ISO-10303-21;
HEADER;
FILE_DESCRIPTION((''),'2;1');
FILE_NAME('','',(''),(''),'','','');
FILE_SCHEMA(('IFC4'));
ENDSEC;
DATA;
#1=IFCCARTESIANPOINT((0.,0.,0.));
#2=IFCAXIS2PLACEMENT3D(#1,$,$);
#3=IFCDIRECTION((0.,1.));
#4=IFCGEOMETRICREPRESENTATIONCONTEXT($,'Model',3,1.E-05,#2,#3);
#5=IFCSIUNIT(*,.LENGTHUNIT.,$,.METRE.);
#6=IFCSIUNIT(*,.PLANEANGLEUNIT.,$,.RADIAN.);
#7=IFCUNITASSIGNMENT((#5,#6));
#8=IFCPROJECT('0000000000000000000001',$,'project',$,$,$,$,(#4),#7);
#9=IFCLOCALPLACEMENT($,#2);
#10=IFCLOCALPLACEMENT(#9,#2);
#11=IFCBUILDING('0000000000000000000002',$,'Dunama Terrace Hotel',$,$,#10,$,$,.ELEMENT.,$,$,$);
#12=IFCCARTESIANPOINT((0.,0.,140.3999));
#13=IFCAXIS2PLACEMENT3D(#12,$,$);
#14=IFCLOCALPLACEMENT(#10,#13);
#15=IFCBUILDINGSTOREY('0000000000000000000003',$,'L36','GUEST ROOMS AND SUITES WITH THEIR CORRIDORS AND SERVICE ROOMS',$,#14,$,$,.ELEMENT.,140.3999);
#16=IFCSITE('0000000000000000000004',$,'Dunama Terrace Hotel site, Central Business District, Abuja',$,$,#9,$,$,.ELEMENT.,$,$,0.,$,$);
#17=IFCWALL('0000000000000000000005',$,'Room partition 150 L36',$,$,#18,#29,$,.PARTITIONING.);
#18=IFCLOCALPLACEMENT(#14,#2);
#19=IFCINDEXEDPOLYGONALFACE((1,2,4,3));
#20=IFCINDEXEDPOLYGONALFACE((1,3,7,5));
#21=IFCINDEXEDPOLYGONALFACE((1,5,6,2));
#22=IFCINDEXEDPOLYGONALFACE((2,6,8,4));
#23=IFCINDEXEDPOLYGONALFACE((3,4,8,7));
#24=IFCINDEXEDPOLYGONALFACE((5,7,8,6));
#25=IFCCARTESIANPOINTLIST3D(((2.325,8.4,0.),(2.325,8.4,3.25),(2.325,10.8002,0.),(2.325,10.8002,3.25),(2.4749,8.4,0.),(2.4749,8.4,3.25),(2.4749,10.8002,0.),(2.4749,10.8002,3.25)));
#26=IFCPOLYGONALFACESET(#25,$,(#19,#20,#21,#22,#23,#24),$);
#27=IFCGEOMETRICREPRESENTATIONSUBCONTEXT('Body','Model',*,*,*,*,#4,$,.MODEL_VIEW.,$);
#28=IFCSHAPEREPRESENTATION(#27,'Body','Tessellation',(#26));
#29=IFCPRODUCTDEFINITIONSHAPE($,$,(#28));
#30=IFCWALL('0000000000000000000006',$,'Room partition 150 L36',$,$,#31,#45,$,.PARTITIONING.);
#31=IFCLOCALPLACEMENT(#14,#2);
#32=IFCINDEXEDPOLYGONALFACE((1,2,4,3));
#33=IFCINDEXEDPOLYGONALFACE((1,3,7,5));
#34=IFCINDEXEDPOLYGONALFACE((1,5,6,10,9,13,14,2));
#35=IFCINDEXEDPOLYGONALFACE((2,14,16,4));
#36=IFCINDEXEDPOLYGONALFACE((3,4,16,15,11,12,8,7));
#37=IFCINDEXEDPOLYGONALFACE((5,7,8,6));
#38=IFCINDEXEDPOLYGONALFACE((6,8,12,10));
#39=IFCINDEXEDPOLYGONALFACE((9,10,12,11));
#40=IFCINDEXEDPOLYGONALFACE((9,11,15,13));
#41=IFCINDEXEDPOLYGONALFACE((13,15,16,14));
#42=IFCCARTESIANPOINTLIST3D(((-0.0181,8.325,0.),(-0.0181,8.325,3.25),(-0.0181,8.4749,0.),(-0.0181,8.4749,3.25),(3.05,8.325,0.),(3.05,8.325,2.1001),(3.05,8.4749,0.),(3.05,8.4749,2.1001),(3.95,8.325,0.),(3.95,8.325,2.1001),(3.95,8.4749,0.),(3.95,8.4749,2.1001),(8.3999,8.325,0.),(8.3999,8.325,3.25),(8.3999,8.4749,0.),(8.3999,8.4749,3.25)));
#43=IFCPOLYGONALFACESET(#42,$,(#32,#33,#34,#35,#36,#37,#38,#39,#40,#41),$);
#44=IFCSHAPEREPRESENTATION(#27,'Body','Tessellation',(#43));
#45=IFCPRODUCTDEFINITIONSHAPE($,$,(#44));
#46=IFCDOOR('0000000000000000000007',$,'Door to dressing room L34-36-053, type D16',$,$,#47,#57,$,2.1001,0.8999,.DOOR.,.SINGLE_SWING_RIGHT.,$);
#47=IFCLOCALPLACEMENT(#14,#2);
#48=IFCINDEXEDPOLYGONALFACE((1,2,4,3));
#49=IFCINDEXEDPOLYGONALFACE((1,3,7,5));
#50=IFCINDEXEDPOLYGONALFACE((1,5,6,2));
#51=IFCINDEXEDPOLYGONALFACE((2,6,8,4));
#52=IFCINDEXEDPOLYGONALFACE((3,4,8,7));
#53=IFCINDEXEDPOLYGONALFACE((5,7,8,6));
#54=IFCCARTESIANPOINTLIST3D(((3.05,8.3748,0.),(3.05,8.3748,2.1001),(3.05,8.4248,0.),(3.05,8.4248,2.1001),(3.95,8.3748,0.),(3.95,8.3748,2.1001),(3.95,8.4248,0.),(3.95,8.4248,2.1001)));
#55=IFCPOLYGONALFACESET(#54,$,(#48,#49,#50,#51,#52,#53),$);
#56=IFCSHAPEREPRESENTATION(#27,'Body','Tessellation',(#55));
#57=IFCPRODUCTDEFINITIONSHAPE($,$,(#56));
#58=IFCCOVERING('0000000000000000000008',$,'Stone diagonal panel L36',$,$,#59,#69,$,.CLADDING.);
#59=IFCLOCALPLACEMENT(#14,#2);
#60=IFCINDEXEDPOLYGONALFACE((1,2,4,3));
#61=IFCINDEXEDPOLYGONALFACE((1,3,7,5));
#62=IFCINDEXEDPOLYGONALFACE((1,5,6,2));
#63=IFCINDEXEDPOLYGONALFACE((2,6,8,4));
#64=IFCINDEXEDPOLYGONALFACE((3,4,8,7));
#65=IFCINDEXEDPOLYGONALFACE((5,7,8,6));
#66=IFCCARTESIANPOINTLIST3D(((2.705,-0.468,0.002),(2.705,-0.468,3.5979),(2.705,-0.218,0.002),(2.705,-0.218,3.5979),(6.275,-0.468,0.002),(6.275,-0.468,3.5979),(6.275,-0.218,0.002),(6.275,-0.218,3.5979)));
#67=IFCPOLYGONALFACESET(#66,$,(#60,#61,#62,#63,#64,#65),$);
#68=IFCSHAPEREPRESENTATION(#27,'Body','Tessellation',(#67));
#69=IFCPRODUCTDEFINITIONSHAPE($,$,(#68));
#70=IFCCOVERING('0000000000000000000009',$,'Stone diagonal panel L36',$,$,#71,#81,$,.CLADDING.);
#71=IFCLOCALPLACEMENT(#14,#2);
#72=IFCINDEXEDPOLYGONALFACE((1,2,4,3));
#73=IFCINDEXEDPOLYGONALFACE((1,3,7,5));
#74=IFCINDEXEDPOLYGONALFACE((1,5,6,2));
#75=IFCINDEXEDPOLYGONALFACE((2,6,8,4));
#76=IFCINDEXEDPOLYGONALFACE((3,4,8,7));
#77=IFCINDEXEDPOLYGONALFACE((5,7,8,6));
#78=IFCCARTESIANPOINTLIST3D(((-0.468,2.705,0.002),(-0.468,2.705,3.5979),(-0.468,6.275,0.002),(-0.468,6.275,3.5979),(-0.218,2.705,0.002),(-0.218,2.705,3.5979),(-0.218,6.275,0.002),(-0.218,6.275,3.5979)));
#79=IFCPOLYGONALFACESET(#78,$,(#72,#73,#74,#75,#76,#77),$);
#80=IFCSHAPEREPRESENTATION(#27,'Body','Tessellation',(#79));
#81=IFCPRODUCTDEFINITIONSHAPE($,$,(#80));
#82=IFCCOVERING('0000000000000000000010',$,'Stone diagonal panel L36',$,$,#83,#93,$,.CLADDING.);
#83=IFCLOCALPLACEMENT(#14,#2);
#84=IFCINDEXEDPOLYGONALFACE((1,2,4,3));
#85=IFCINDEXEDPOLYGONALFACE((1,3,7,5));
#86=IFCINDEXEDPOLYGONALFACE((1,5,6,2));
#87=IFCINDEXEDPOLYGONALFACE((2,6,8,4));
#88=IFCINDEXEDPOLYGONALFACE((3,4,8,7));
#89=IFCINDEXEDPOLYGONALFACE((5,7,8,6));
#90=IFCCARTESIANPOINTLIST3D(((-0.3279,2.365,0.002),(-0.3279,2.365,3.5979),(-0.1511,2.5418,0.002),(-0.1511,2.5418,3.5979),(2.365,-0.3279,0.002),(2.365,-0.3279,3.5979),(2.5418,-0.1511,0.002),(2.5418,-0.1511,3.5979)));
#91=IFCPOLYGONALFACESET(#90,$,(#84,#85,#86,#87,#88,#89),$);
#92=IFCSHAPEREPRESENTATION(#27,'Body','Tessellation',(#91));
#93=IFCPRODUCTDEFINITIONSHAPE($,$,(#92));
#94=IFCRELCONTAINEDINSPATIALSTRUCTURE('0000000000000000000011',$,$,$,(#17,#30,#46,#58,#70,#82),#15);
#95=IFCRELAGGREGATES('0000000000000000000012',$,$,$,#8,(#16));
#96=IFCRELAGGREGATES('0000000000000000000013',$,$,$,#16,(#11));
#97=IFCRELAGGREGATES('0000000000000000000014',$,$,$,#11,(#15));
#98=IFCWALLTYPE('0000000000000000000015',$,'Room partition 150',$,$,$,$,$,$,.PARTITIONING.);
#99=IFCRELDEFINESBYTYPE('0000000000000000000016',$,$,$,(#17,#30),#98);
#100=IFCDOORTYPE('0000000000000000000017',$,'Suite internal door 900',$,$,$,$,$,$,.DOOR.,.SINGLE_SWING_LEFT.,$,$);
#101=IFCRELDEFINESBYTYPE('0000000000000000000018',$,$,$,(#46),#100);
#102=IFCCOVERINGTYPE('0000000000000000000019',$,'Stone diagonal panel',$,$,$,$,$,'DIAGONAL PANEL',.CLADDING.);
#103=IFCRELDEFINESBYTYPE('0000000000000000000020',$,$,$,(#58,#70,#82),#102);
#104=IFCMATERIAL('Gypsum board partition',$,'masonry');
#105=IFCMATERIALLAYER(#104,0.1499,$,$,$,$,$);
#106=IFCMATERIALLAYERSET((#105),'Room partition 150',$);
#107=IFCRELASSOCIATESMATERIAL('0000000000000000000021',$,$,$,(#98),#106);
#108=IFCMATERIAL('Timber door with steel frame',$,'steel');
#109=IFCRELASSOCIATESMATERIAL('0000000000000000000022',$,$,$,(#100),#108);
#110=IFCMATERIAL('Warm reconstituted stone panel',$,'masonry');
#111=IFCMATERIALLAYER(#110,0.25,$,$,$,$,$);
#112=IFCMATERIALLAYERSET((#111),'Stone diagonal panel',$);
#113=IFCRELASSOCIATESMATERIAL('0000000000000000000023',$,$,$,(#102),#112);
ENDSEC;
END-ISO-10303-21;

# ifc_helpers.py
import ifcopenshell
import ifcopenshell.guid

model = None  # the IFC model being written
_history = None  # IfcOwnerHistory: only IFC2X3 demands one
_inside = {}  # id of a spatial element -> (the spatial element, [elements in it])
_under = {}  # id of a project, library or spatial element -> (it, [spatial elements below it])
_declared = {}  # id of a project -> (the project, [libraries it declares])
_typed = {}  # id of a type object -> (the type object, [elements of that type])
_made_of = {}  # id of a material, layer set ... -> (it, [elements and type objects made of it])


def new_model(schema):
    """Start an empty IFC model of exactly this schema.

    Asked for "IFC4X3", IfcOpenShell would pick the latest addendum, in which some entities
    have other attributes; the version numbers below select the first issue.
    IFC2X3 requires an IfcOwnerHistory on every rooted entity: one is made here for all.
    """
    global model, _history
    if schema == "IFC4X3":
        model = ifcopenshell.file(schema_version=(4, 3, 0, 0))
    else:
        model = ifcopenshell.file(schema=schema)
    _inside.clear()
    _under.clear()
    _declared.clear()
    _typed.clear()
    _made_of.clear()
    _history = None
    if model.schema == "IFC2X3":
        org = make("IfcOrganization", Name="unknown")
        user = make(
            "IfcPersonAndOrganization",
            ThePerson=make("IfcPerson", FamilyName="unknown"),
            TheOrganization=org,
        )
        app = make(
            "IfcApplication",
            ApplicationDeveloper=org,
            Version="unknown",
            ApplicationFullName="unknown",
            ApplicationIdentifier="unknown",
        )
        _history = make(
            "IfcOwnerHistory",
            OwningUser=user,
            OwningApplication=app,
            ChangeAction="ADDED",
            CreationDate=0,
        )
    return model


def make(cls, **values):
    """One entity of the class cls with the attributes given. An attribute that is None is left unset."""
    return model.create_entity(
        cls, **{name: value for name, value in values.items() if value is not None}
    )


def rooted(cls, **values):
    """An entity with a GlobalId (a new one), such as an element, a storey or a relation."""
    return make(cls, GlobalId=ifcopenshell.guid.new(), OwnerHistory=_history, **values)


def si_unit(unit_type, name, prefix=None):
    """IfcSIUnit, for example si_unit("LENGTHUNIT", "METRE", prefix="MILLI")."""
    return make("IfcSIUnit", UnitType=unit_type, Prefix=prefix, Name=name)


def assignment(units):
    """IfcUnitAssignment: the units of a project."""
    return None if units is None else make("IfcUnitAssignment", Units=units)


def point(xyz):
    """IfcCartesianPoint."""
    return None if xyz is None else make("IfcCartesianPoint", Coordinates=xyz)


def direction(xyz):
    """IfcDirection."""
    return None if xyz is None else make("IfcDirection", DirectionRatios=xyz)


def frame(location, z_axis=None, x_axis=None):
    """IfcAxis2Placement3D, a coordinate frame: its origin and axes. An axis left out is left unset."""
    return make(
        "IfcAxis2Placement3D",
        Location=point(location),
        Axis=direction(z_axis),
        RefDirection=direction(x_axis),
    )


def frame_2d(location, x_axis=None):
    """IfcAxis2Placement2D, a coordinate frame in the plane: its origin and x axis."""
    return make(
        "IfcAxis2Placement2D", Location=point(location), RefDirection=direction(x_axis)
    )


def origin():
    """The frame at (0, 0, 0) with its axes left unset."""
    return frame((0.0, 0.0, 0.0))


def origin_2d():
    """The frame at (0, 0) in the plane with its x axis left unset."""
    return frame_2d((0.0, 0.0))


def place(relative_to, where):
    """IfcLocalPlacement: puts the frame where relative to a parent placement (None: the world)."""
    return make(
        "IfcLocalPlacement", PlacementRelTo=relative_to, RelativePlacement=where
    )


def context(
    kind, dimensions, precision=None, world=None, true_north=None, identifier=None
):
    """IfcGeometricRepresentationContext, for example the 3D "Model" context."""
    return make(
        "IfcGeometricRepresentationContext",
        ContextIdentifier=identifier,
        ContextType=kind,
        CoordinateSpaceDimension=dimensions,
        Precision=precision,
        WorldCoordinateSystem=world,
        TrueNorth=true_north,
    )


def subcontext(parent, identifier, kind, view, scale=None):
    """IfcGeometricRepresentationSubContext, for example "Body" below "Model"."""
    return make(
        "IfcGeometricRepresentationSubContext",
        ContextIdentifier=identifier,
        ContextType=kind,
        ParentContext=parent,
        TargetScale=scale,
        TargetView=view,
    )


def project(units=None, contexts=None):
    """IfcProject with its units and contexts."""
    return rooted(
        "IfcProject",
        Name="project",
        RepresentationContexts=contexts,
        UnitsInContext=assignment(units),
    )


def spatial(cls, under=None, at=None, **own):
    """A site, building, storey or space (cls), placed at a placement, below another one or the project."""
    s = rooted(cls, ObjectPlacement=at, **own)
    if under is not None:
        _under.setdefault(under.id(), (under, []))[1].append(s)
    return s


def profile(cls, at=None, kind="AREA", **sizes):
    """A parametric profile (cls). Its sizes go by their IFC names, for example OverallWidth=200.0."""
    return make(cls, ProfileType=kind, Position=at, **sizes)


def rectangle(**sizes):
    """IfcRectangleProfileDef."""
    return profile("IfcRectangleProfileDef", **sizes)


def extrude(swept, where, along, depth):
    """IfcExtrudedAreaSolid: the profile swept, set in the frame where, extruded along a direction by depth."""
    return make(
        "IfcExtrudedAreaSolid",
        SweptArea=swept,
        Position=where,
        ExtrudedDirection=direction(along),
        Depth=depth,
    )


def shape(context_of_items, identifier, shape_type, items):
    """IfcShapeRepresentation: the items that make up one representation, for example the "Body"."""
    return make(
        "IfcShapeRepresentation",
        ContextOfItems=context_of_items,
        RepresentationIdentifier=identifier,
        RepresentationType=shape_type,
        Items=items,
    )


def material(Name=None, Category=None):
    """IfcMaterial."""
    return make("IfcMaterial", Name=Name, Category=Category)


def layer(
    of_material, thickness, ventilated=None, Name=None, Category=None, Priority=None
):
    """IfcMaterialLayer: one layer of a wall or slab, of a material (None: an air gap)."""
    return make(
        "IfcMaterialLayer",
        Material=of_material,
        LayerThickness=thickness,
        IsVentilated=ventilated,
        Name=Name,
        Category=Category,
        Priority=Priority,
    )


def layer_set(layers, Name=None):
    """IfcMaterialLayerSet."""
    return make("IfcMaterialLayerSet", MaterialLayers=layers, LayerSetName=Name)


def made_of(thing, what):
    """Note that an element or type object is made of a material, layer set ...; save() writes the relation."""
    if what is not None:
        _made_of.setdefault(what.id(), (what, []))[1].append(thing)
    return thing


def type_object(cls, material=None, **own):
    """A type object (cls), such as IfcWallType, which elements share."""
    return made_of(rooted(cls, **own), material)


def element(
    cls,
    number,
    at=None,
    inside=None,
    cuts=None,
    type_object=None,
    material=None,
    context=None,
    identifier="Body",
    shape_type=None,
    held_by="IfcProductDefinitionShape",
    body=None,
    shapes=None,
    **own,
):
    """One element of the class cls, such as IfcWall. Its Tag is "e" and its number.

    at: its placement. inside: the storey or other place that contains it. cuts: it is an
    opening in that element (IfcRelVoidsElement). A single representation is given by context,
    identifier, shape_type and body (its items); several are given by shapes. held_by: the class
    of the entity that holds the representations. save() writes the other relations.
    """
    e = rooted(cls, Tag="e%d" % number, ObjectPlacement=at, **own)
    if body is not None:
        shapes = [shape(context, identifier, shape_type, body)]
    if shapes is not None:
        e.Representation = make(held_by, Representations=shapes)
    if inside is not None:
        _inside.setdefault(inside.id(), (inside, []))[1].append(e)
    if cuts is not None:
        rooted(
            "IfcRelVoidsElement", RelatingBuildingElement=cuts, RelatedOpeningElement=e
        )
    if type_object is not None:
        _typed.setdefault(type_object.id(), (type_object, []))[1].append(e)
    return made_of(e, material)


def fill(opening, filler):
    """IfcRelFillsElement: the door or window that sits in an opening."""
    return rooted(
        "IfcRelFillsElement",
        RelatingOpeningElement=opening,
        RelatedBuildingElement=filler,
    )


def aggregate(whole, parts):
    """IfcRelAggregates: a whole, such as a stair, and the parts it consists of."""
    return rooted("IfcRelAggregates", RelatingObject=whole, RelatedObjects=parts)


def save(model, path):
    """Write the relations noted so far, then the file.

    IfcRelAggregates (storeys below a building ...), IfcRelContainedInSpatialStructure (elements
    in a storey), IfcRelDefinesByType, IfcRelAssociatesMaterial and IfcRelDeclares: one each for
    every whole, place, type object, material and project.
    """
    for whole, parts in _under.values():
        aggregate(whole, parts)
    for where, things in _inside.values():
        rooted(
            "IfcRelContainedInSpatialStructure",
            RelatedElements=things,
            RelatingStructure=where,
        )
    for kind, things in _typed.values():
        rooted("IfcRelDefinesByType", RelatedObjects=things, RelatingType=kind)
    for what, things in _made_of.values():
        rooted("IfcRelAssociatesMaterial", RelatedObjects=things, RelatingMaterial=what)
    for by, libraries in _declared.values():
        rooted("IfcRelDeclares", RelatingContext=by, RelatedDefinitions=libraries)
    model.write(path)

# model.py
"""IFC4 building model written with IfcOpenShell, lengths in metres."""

from ifc_helpers import new_model, si_unit, direction, frame, frame_2d, origin, origin_2d, place, context, subcontext, project, spatial, rectangle, extrude, material, layer, layer_set, type_object, element, fill, save


model = new_model("IFC4")

# Units and contexts
model_context = context("Model", 3, precision=1e-05, world=origin(), true_north=direction((0.0, 1.0)))
body_context = subcontext(model_context, "Body", "Model", "MODEL_VIEW")
ifc_project = project(units=[si_unit("LENGTHUNIT", "METRE"), si_unit("PLANEANGLEUNIT", "RADIAN")], contexts=[model_context])

# Site, building, storey
site_placement = place(None, origin())
site = spatial("IfcSite", under=ifc_project, at=site_placement, Name="Dunama Terrace Hotel site, Central Business District, Abuja", CompositionType="ELEMENT", RefElevation=0.0)
building_placement = place(site_placement, origin())
building = spatial("IfcBuilding", under=site, at=building_placement, Name="Dunama Terrace Hotel", CompositionType="ELEMENT")
storey_placement = place(building_placement, frame((0.0, 0.0, 140.3999)))
storey = spatial("IfcBuildingStorey", under=building, at=storey_placement, Name="L36", Description="GUEST ROOMS AND SUITES WITH THEIR CORRIDORS AND SERVICE ROOMS", CompositionType="ELEMENT", Elevation=140.3999)

# Wall
ifc_material_1 = material(Name="Gypsum board partition", Category="masonry")
ifc_layer_1 = layer(ifc_material_1, 0.1499)
ifc_layer_set_1 = layer_set([ifc_layer_1], Name="Room partition 150")
wall_type_1 = type_object("IfcWallType", Name="Room partition 150", PredefinedType="PARTITIONING", material=ifc_layer_set_1)
wall_1_placement = place(storey_placement, frame((2.3999, 8.3999, 0.0), z_axis=(0.0, 0.0, 1.0), x_axis=(0.0, 1.0, 0.0)))
element("IfcWall", 1, at=wall_1_placement, inside=storey, type_object=wall_type_1, Name="Room partition 150 L36", PredefinedType="PARTITIONING", context=body_context, shape_type="SweptSolid", body=[
    extrude(rectangle(XDim=2.4001, YDim=0.1499, at=frame_2d((1.2002, 0.0))), origin(), (0.0, 0.0, 1.0), 3.25),
])

# Wall, opening, door
wall_2_placement = place(storey_placement, frame((-0.0181, 8.3999, 0.0), z_axis=(0.0, 0.0, 1.0), x_axis=(1.0, 0.0, 0.0)))
wall_2 = element("IfcWall", 2, at=wall_2_placement, inside=storey, type_object=wall_type_1, Name="Room partition 150 L36", PredefinedType="PARTITIONING", context=body_context, shape_type="SweptSolid", body=[
    extrude(rectangle(XDim=8.418, YDim=0.1499, at=frame_2d((4.209, 0.0))), origin(), (0.0, 0.0, 1.0), 3.25),
])
opening_1_placement = place(wall_2_placement, frame((3.0681, 0.0, 0.0)))
opening_1 = element("IfcOpeningElement", 3, at=opening_1_placement, cuts=wall_2, PredefinedType="OPENING", context=body_context, shape_type="SweptSolid", body=[
    extrude(rectangle(XDim=0.8999, YDim=2.1001, at=frame_2d((0.45, 1.05))), frame((0.0, 0.085, 0.0), z_axis=(0.0, -1.0, 0.0), x_axis=(1.0, 0.0, 0.0)), (0.0, 0.0, 1.0), 0.1699),
])
ifc_material_2 = material(Name="Timber door with steel frame", Category="steel")
door_type_1 = type_object("IfcDoorType", Name="Suite internal door 900", OperationType="SINGLE_SWING_LEFT", PredefinedType="DOOR", material=ifc_material_2)
door_1_placement = place(opening_1_placement, origin())
door_1 = element("IfcDoor", 4, at=door_1_placement, inside=storey, type_object=door_type_1, Name="Door to dressing room L34-36-053, type D16", OperationType="SINGLE_SWING_RIGHT", OverallHeight=2.1001, OverallWidth=0.8999, PredefinedType="DOOR", context=body_context, shape_type="SweptSolid", body=[
    extrude(rectangle(XDim=0.8999, YDim=2.1001, at=frame_2d((0.45, 1.05))), frame((0.0, 0.0249, 0.0), z_axis=(0.0, -1.0, 0.0), x_axis=(1.0, 0.0, 0.0)), (0.0, 0.0, 1.0), 0.05),
])
fill(opening_1, door_1)

# Coverings
ifc_material_3 = material(Name="Warm reconstituted stone panel", Category="masonry")
ifc_layer_2 = layer(ifc_material_3, 0.25)
ifc_layer_set_2 = layer_set([ifc_layer_2], Name="Stone diagonal panel")
covering_type = type_object("IfcCoveringType", Name="Stone diagonal panel", ElementType="DIAGONAL PANEL", PredefinedType="CLADDING", material=ifc_layer_set_2)
for number, where, z_axis, x_axis, name in (
    (5, (4.49, -0.343, 0.002), (0.0, 0.0, 1.0), (1.0, 0.0, 0.0), "Stone diagonal panel L36"),
    (6, (-0.343, 4.49, 0.002), (0.0, 0.0, 1.0), (0.0, -1.0, 0.0), "Stone diagonal panel L36"),
):
    element("IfcCovering", number, at=place(storey_placement, frame(where, z_axis=z_axis, x_axis=x_axis)), inside=storey, type_object=covering_type, Name=name, PredefinedType="CLADDING", context=body_context, shape_type="SweptSolid", body=[
        extrude(rectangle(XDim=3.5701, YDim=0.25, at=origin_2d()), origin(), (0.0, 0.0, 1.0), 3.5959),
    ])
covering_placement = place(storey_placement, frame((1.1069, 1.1069, 0.002), z_axis=(0.0, 0.0, 1.0), x_axis=(0.707107, -0.707107, 0.0)))
element("IfcCovering", 7, at=covering_placement, inside=storey, type_object=covering_type, Name="Stone diagonal panel L36", PredefinedType="CLADDING", context=body_context, shape_type="SweptSolid", body=[
    extrude(rectangle(XDim=3.8083, YDim=0.25, at=origin_2d()), origin(), (0.0, 0.0, 1.0), 3.5959),
])

save(model, "model.ifc")
